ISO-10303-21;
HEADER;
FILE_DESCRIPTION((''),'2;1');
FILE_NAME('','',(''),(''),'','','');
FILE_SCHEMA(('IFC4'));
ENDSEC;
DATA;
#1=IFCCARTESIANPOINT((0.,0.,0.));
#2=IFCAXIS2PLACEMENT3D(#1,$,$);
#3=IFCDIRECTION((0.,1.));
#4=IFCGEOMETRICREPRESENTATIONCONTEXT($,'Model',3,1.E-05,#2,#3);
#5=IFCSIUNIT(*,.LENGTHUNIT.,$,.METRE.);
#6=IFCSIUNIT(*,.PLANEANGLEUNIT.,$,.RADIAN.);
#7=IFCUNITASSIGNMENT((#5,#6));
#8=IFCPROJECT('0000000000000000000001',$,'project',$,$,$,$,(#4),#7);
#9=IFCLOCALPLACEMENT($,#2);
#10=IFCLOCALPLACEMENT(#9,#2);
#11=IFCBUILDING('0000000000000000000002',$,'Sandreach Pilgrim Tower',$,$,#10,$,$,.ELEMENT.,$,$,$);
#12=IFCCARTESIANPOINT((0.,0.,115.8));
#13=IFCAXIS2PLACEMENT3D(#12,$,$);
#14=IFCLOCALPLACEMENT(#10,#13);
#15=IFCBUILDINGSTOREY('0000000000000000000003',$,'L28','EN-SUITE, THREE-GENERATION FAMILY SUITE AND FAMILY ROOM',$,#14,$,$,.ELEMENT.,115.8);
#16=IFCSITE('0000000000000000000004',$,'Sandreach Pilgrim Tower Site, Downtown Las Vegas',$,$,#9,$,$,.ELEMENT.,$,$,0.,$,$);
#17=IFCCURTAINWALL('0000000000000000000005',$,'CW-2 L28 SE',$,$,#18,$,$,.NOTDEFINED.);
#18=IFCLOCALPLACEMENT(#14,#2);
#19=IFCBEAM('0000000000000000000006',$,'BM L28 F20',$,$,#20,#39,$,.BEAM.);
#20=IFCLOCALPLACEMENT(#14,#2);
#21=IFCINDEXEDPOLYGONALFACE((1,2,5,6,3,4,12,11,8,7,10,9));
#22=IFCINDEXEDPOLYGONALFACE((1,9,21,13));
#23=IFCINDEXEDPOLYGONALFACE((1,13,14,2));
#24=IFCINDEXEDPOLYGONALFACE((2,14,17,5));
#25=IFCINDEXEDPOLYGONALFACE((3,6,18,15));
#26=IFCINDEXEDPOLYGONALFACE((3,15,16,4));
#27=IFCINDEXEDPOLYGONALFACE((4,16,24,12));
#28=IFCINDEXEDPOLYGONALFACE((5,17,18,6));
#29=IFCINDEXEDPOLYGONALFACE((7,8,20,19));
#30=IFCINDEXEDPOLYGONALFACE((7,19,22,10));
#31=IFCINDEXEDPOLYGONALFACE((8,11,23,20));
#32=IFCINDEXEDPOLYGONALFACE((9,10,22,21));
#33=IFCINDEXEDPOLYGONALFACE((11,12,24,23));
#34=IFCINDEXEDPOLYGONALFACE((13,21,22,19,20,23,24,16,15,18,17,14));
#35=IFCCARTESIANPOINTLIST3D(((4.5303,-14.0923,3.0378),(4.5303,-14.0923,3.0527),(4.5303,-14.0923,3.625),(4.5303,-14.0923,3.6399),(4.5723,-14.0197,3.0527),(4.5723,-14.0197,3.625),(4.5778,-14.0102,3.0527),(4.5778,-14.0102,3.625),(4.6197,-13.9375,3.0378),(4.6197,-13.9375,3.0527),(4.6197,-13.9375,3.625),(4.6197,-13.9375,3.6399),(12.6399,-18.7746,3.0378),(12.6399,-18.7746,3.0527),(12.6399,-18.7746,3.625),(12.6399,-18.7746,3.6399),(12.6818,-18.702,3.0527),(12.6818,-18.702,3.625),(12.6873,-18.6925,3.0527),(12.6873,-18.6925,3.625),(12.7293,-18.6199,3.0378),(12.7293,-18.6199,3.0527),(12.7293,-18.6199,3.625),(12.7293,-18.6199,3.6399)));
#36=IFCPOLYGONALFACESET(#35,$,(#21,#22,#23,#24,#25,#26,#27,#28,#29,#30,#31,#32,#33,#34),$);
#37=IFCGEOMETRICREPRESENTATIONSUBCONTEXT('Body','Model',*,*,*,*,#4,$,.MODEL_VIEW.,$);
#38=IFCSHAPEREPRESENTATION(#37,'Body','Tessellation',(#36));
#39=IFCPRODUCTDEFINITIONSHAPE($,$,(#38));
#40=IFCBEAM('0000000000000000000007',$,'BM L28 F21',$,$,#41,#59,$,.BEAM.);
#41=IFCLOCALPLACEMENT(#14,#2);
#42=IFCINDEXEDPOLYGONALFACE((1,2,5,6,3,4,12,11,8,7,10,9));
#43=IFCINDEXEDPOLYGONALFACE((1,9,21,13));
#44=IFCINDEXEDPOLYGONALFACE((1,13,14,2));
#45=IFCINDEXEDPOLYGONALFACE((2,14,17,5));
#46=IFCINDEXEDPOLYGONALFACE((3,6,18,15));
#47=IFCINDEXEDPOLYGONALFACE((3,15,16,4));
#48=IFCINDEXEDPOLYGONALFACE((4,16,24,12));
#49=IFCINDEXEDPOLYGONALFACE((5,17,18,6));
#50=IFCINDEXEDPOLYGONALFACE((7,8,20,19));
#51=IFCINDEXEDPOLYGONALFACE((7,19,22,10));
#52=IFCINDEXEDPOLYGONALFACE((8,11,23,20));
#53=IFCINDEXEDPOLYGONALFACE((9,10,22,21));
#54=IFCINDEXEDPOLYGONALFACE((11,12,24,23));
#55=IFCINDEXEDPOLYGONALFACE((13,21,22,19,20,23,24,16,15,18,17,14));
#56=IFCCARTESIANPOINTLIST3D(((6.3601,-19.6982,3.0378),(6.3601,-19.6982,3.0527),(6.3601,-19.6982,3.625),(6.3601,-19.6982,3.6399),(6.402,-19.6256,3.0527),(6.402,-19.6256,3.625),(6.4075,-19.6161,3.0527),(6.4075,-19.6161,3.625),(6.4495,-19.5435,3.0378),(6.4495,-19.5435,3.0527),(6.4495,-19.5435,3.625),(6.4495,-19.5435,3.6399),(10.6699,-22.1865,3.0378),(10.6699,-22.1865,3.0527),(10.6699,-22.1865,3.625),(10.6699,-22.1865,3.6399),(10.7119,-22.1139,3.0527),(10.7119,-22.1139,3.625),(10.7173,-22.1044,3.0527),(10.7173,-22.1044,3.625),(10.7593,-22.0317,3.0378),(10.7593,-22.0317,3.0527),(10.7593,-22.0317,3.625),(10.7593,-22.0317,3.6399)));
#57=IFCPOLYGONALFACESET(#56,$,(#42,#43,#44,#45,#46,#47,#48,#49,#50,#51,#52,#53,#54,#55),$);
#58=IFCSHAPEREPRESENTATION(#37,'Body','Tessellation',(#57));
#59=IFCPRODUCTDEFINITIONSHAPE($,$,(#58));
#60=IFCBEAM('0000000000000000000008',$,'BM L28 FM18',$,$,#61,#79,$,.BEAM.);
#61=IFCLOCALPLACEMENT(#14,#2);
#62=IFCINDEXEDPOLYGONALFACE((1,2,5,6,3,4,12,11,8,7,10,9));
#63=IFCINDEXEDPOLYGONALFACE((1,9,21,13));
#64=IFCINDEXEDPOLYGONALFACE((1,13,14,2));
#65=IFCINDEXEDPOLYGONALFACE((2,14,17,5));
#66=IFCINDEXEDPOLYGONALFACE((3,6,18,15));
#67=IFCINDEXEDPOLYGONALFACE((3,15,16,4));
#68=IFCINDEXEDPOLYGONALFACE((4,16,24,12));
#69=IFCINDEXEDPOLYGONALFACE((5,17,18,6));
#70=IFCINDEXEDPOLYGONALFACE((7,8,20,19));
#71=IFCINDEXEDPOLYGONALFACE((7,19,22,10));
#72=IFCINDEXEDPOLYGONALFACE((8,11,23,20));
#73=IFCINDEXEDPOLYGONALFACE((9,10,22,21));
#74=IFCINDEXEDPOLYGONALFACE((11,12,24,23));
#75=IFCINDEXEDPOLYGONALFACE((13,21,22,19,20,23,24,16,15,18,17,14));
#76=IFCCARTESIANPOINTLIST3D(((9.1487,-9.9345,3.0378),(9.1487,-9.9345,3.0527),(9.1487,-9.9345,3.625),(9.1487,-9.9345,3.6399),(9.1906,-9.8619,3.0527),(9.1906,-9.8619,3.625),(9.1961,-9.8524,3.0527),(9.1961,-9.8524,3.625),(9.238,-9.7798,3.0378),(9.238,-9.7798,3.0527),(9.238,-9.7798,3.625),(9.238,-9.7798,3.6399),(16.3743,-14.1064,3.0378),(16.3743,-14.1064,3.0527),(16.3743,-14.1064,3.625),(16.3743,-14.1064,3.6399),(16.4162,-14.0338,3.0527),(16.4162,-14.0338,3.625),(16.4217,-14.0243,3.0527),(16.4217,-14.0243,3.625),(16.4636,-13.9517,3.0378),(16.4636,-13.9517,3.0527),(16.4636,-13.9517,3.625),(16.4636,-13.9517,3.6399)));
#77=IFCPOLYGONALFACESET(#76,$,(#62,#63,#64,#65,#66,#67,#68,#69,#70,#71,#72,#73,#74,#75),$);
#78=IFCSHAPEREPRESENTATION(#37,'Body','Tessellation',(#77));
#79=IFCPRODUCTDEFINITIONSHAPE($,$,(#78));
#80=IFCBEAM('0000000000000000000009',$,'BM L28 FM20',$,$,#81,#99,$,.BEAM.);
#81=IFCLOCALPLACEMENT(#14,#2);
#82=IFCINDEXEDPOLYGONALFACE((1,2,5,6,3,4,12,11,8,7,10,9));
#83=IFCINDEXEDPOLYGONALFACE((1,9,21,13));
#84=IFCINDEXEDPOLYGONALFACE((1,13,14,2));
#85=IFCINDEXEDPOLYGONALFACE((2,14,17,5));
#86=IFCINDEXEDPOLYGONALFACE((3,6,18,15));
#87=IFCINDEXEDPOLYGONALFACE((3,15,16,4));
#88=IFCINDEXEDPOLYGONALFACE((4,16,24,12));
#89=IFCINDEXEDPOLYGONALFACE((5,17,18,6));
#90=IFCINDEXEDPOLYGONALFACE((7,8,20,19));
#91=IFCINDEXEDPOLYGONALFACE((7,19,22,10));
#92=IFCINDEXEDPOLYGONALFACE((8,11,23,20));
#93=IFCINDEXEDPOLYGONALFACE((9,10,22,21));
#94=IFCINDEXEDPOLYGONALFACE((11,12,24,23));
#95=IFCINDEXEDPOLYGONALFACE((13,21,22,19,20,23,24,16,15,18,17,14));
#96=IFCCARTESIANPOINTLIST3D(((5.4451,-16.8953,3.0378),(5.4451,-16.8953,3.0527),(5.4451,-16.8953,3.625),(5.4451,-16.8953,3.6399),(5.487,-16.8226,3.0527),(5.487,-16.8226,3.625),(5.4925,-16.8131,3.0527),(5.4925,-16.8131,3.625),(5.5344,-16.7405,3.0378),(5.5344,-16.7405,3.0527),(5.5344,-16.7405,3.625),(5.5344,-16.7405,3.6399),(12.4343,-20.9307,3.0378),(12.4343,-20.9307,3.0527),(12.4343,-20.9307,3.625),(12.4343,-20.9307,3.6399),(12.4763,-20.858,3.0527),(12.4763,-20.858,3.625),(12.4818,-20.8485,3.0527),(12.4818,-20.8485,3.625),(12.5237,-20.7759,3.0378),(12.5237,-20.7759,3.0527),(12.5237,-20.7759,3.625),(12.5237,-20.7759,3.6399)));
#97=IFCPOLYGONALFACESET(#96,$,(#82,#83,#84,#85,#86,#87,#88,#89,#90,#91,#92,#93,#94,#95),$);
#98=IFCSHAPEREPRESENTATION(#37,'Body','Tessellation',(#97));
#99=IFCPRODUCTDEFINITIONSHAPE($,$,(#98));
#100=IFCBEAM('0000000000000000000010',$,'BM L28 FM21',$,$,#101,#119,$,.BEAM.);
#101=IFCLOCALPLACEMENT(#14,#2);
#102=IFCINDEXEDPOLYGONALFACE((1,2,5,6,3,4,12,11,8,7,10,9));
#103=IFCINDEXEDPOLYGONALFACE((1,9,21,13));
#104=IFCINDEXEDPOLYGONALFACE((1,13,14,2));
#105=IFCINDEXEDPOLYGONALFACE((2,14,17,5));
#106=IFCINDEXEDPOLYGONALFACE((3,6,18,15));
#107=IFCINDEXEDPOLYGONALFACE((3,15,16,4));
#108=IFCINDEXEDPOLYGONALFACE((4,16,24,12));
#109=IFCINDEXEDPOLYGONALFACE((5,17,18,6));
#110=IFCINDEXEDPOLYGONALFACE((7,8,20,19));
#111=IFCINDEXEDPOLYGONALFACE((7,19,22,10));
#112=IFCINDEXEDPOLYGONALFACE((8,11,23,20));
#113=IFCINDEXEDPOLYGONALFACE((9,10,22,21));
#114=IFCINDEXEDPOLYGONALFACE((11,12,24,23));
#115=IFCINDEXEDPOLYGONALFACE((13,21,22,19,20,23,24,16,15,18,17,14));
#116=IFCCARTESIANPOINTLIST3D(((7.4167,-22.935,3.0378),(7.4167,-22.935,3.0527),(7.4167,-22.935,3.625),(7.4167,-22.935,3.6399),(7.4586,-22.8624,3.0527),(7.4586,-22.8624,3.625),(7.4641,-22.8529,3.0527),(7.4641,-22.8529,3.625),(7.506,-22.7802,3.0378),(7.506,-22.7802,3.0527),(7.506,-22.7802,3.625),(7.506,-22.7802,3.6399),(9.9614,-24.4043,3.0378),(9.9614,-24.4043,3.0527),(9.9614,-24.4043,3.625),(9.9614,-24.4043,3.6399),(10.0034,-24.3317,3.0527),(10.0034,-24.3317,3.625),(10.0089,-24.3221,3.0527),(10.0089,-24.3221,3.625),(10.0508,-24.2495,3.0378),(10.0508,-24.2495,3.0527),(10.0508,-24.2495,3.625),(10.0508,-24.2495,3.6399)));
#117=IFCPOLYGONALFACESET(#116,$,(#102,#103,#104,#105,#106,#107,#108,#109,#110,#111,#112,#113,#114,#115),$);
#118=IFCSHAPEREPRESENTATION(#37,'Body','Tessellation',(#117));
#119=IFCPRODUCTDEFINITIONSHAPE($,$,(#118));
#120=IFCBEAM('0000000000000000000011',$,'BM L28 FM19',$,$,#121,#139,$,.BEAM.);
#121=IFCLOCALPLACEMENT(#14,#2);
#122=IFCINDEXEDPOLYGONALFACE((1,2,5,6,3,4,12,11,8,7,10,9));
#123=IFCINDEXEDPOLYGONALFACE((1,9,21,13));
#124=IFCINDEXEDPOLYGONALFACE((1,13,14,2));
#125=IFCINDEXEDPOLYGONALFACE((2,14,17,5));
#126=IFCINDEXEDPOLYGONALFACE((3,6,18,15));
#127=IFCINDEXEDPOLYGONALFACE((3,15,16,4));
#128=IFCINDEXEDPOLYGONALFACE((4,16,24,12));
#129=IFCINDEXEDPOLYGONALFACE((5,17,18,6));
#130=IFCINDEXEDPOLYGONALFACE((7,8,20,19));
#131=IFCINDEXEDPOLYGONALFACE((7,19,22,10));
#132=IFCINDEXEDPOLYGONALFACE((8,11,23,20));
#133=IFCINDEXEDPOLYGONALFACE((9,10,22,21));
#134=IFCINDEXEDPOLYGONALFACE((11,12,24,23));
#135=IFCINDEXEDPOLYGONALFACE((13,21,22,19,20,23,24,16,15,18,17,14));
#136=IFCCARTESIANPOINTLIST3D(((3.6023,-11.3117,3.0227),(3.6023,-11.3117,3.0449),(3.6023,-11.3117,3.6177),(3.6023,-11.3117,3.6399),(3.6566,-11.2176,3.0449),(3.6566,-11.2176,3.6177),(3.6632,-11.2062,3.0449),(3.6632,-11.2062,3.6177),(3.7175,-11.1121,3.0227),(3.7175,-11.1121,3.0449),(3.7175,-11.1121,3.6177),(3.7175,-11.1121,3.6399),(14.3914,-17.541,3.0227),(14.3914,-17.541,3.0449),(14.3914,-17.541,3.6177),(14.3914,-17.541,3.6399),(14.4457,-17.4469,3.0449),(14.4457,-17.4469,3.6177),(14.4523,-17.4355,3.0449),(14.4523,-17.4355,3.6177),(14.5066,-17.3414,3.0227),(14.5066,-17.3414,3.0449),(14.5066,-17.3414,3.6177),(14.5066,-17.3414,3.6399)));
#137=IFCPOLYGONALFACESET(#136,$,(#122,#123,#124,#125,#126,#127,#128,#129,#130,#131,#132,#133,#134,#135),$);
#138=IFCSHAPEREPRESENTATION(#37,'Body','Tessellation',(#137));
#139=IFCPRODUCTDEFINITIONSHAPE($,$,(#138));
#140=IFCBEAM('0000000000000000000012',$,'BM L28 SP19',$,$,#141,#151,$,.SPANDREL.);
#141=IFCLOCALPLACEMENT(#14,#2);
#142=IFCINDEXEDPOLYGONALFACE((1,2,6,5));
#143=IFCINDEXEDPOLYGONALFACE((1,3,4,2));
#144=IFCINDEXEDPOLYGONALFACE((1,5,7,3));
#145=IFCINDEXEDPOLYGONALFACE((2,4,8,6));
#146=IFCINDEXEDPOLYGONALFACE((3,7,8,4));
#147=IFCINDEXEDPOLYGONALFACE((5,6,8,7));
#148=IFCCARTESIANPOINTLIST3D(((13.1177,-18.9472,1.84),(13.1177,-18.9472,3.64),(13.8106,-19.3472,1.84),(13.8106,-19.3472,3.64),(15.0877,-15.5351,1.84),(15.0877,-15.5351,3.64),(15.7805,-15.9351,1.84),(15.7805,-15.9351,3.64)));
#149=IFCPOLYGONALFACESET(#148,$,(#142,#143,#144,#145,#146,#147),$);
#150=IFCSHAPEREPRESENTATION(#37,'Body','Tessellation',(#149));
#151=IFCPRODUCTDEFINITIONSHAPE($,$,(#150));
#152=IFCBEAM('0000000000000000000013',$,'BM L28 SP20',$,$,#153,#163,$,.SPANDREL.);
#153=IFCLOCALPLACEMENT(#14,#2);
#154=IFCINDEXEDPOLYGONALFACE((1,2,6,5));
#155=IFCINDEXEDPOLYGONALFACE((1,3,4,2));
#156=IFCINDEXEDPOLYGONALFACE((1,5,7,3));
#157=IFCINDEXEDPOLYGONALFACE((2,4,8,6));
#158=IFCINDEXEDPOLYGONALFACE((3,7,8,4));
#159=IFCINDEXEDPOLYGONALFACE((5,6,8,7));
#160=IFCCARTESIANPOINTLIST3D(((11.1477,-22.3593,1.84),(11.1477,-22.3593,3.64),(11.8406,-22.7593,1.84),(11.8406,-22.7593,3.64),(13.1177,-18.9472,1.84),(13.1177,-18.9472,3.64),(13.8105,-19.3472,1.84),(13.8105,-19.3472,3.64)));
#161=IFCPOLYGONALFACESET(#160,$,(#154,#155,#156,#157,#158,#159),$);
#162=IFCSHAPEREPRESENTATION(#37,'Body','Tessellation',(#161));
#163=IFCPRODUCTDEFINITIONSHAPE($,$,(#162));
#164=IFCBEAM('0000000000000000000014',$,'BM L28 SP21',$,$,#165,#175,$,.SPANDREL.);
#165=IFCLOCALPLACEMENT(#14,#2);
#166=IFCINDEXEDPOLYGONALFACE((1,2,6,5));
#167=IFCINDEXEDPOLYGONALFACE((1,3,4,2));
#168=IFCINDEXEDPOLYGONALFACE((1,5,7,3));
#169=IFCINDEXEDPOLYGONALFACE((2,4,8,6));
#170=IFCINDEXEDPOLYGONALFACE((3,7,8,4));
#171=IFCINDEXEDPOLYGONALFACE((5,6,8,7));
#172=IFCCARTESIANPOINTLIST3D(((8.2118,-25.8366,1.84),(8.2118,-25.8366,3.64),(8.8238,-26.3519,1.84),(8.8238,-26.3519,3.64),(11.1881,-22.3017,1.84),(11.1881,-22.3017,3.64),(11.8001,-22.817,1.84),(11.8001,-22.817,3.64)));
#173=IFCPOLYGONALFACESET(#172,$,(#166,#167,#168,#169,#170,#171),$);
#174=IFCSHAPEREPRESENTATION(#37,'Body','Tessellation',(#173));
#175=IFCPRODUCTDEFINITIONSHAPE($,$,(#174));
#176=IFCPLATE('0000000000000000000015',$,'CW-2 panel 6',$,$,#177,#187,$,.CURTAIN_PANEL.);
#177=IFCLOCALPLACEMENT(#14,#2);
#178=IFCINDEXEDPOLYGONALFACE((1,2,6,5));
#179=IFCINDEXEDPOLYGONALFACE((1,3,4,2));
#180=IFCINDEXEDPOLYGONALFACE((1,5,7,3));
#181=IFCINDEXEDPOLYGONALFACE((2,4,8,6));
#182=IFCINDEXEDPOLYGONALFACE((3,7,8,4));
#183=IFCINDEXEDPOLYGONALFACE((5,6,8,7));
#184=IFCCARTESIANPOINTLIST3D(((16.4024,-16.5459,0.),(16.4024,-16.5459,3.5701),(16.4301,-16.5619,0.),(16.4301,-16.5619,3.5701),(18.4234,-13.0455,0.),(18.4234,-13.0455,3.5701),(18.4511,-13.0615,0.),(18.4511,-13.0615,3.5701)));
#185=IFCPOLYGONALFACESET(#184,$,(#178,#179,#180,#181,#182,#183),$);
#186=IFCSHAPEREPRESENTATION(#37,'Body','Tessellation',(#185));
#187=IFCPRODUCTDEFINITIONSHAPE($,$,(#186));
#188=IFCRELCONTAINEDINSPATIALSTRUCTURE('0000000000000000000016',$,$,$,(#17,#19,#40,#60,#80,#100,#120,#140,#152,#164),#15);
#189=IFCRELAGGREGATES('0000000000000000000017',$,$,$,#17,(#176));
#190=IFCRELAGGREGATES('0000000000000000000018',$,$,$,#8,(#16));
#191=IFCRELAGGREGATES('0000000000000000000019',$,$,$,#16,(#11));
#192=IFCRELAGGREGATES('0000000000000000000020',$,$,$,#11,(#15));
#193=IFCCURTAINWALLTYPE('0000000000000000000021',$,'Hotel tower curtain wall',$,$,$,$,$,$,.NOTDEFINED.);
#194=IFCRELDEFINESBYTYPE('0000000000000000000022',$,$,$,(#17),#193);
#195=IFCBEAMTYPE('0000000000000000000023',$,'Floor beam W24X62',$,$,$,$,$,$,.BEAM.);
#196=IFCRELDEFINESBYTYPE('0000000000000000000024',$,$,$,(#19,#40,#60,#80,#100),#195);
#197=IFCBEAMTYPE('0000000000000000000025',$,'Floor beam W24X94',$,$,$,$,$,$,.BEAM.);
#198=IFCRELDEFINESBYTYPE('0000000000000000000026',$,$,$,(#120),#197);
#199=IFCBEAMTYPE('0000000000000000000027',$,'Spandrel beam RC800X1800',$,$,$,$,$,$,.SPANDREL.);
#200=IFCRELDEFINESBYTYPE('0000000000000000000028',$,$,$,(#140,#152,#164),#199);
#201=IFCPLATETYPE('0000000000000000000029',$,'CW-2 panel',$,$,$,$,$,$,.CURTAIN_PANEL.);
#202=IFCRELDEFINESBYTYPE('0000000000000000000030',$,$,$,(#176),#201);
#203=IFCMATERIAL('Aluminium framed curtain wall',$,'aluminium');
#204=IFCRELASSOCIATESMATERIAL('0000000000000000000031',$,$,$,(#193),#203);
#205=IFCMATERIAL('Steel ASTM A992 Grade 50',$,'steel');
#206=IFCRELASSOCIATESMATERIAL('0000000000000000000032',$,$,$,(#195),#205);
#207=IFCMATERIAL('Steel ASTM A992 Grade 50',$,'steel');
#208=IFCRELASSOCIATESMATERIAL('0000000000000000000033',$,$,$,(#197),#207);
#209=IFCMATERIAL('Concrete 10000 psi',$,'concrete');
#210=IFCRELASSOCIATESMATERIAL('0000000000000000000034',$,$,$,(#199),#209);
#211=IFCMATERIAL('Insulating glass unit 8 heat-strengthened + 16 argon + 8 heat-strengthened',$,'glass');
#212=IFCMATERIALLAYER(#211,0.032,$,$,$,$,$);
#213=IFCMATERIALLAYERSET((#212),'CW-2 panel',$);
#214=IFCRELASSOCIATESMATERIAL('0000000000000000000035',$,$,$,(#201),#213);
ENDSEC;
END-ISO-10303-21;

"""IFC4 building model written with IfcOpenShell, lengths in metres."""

from ifc_helpers import new_model, si_unit, direction, frame, origin, origin_2d, place, context, subcontext, project, spatial, rectangle, i_section, extrude, material, layer, layer_set, material_profile, profile_set, type_object, element, aggregate, save


model = new_model("IFC4")

# Units and contexts
model_context = context("Model", 3, precision=1e-05, world=origin(), true_north=direction((0.0, 1.0)))
body_context = subcontext(model_context, "Body", "Model", "MODEL_VIEW")
ifc_project = project(units=[si_unit("LENGTHUNIT", "METRE"), si_unit("PLANEANGLEUNIT", "RADIAN")], contexts=[model_context])

# Site, building, storey
site_placement = place(None, origin())
site = spatial("IfcSite", under=ifc_project, at=site_placement, Name="Sandreach Pilgrim Tower Site, Downtown Las Vegas", CompositionType="ELEMENT", RefElevation=0.0)
building_placement = place(site_placement, origin())
building = spatial("IfcBuilding", under=site, at=building_placement, Name="Sandreach Pilgrim Tower", CompositionType="ELEMENT")
storey_placement = place(building_placement, frame((0.0, 0.0, 115.8)))
storey = spatial("IfcBuildingStorey", under=building, at=storey_placement, Name="L28", Description="EN-SUITE, THREE-GENERATION FAMILY SUITE AND FAMILY ROOM", CompositionType="ELEMENT", Elevation=115.8)

# Curtain wall
ifc_material_1 = material(Name="Aluminium framed curtain wall", Category="aluminium")
curtain_wall_type = type_object("IfcCurtainWallType", Name="Hotel tower curtain wall", PredefinedType="NOTDEFINED", material=ifc_material_1)
curtain_wall_placement = place(storey_placement, origin())
curtain_wall = element("IfcCurtainWall", 1, at=curtain_wall_placement, inside=storey, type_object=curtain_wall_type, Name="CW-2 L28 SE", PredefinedType="NOTDEFINED")

# Beams
ifc_material_2 = material(Name="Steel ASTM A992 Grade 50", Category="steel")
ifc_material_profile_1 = material_profile(ifc_material_2, i_section(OverallWidth=0.1787, OverallDepth=0.6021, WebThickness=0.011, FlangeThickness=0.0149, at=origin_2d()), Name="W24X62")
ifc_profile_set_1 = profile_set([ifc_material_profile_1], Name="Steel ASTM A992 Grade 50")
beam_type_1 = type_object("IfcBeamType", Name="Floor beam W24X62", PredefinedType="BEAM", material=ifc_profile_set_1)
beam_1_placement = place(storey_placement, frame((12.6846, -18.6973, 3.3389), z_axis=(-0.866012, 0.500023, 0.0), x_axis=(-0.500023, -0.866012, 0.0)))
element("IfcBeam", 2, at=beam_1_placement, inside=storey, type_object=beam_type_1, Name="BM L28 F20", PredefinedType="BEAM", context=body_context, shape_type="SweptSolid", body=[
    extrude(i_section(OverallWidth=0.1787, OverallDepth=0.6021, WebThickness=0.011, FlangeThickness=0.0149, at=origin_2d()), origin(), (0.0, 0.0, 1.0), 9.3643),
])
beam_2_placement = place(storey_placement, frame((10.7146, -22.1091, 3.3389), z_axis=(-0.866025, 0.500001, 0.0), x_axis=(-0.500001, -0.866025, 0.0)))
element("IfcBeam", 3, at=beam_2_placement, inside=storey, type_object=beam_type_1, Name="BM L28 F21", PredefinedType="BEAM", context=body_context, shape_type="SweptSolid", body=[
    extrude(i_section(OverallWidth=0.1787, OverallDepth=0.6021, WebThickness=0.011, FlangeThickness=0.0149, at=origin_2d()), origin(), (0.0, 0.0, 1.0), 4.9766),
])
beam_3_placement = place(storey_placement, frame((16.4189, -14.0291, 3.3389), z_axis=(-0.866016, 0.500016, 0.0), x_axis=(-0.500016, -0.866016, 0.0)))
element("IfcBeam", 4, at=beam_3_placement, inside=storey, type_object=beam_type_1, Name="BM L28 FM18", PredefinedType="BEAM", context=body_context, shape_type="SweptSolid", body=[
    extrude(i_section(OverallWidth=0.1787, OverallDepth=0.6021, WebThickness=0.011, FlangeThickness=0.0149, at=origin_2d()), origin(), (0.0, 0.0, 1.0), 8.3435),
])
beam_4_placement = place(storey_placement, frame((12.479, -20.8533, 3.3389), z_axis=(-0.866017, 0.500014, 0.0), x_axis=(-0.500014, -0.866017, 0.0)))
element("IfcBeam", 5, at=beam_4_placement, inside=storey, type_object=beam_type_1, Name="BM L28 FM20", PredefinedType="BEAM", context=body_context, shape_type="SweptSolid", body=[
    extrude(i_section(OverallWidth=0.1787, OverallDepth=0.6021, WebThickness=0.011, FlangeThickness=0.0149, at=origin_2d()), origin(), (0.0, 0.0, 1.0), 8.0706),
])
beam_5_placement = place(storey_placement, frame((10.0061, -24.3269, 3.3389), z_axis=(-0.866015, 0.500017, 0.0), x_axis=(-0.500017, -0.866015, 0.0)))
element("IfcBeam", 6, at=beam_5_placement, inside=storey, type_object=beam_type_1, Name="BM L28 FM21", PredefinedType="BEAM", context=body_context, shape_type="SweptSolid", body=[
    extrude(i_section(OverallWidth=0.1787, OverallDepth=0.6021, WebThickness=0.011, FlangeThickness=0.0149, at=origin_2d()), origin(), (0.0, 0.0, 1.0), 2.9385),
])
ifc_material_3 = material(Name="Steel ASTM A992 Grade 50", Category="steel")
ifc_material_profile_2 = material_profile(ifc_material_3, i_section(OverallWidth=0.2305, OverallDepth=0.6172, WebThickness=0.0132, FlangeThickness=0.0222, at=origin_2d()), Name="W24X94")
ifc_profile_set_2 = profile_set([ifc_material_profile_2], Name="Steel ASTM A992 Grade 50")
beam_type_2 = type_object("IfcBeamType", Name="Floor beam W24X94", PredefinedType="BEAM", material=ifc_profile_set_2)
beam_6_placement = place(storey_placement, frame((14.449, -17.4412, 3.3313), z_axis=(-0.866019, 0.500011, 0.0), x_axis=(-0.500011, -0.866019, 0.0)))
element("IfcBeam", 7, at=beam_6_placement, inside=storey, type_object=beam_type_2, Name="BM L28 FM19", PredefinedType="BEAM", context=body_context, shape_type="SweptSolid", body=[
    extrude(i_section(OverallWidth=0.2305, OverallDepth=0.6172, WebThickness=0.0132, FlangeThickness=0.0222, at=origin_2d()), origin(), (0.0, 0.0, 1.0), 12.4583),
])
ifc_material_4 = material(Name="Concrete 10000 psi", Category="concrete")
ifc_material_profile_3 = material_profile(ifc_material_4, rectangle(XDim=0.8, YDim=1.8, at=origin_2d()), Name="RC800X1800")
ifc_profile_set_3 = profile_set([ifc_material_profile_3], Name="Concrete 10000 psi")
beam_type_3 = type_object("IfcBeamType", Name="Spandrel beam RC800X1800", PredefinedType="SPANDREL", material=ifc_profile_set_3)
for number, where, z_axis, x_axis, name in (
    (8, (15.4341, -15.7351, 2.74), (-0.499998, -0.866027, 0.0), (0.866027, -0.499998, 0.0), "BM L28 SP19"),
    (9, (13.4641, -19.1472, 2.74), (-0.499998, -0.866027, 0.0), (0.866027, -0.499998, 0.0), "BM L28 SP20"),
):
    element("IfcBeam", number, at=place(storey_placement, frame(where, z_axis=z_axis, x_axis=x_axis)), inside=storey, type_object=beam_type_3, Name=name, PredefinedType="SPANDREL", context=body_context, shape_type="SweptSolid", body=[
        extrude(rectangle(XDim=0.8, YDim=1.8, at=origin_2d()), origin(), (0.0, 0.0, 1.0), 3.9399),
    ])
beam_7_placement = place(storey_placement, frame((11.4941, -22.5593, 2.74), z_axis=(-0.644079, -0.764959, 0.0), x_axis=(0.764959, -0.644079, 0.0)))
element("IfcBeam", 10, at=beam_7_placement, inside=storey, type_object=beam_type_3, Name="BM L28 SP21", PredefinedType="SPANDREL", context=body_context, shape_type="SweptSolid", body=[
    extrude(rectangle(XDim=0.8, YDim=1.8, at=origin_2d()), origin(), (0.0, 0.0, 1.0), 4.6211),
])

# Plate
ifc_material_5 = material(Name="Insulating glass unit 8 heat-strengthened + 16 argon + 8 heat-strengthened", Category="glass")
ifc_layer_1 = layer(ifc_material_5, 0.032)
ifc_layer_set_1 = layer_set([ifc_layer_1], Name="CW-2 panel")
plate_type = type_object("IfcPlateType", Name="CW-2 panel", PredefinedType="CURTAIN_PANEL", material=ifc_layer_set_1)
plate_1_placement = place(storey_placement, frame((17.4268, -14.8037, 0.0), z_axis=(0.0, 0.0, 1.0), x_axis=(-0.5, -0.866025, 0.0)))
plate_1 = element("IfcPlate", 11, at=plate_1_placement, type_object=plate_type, Name="CW-2 panel 6", PredefinedType="CURTAIN_PANEL", context=body_context, shape_type="SweptSolid", body=[
    extrude(rectangle(XDim=4.042, YDim=0.032, at=origin_2d()), origin(), (0.0, 0.0, 1.0), 3.5701),
])
aggregate(curtain_wall, [plate_1])

save(model, "model.ifc")
